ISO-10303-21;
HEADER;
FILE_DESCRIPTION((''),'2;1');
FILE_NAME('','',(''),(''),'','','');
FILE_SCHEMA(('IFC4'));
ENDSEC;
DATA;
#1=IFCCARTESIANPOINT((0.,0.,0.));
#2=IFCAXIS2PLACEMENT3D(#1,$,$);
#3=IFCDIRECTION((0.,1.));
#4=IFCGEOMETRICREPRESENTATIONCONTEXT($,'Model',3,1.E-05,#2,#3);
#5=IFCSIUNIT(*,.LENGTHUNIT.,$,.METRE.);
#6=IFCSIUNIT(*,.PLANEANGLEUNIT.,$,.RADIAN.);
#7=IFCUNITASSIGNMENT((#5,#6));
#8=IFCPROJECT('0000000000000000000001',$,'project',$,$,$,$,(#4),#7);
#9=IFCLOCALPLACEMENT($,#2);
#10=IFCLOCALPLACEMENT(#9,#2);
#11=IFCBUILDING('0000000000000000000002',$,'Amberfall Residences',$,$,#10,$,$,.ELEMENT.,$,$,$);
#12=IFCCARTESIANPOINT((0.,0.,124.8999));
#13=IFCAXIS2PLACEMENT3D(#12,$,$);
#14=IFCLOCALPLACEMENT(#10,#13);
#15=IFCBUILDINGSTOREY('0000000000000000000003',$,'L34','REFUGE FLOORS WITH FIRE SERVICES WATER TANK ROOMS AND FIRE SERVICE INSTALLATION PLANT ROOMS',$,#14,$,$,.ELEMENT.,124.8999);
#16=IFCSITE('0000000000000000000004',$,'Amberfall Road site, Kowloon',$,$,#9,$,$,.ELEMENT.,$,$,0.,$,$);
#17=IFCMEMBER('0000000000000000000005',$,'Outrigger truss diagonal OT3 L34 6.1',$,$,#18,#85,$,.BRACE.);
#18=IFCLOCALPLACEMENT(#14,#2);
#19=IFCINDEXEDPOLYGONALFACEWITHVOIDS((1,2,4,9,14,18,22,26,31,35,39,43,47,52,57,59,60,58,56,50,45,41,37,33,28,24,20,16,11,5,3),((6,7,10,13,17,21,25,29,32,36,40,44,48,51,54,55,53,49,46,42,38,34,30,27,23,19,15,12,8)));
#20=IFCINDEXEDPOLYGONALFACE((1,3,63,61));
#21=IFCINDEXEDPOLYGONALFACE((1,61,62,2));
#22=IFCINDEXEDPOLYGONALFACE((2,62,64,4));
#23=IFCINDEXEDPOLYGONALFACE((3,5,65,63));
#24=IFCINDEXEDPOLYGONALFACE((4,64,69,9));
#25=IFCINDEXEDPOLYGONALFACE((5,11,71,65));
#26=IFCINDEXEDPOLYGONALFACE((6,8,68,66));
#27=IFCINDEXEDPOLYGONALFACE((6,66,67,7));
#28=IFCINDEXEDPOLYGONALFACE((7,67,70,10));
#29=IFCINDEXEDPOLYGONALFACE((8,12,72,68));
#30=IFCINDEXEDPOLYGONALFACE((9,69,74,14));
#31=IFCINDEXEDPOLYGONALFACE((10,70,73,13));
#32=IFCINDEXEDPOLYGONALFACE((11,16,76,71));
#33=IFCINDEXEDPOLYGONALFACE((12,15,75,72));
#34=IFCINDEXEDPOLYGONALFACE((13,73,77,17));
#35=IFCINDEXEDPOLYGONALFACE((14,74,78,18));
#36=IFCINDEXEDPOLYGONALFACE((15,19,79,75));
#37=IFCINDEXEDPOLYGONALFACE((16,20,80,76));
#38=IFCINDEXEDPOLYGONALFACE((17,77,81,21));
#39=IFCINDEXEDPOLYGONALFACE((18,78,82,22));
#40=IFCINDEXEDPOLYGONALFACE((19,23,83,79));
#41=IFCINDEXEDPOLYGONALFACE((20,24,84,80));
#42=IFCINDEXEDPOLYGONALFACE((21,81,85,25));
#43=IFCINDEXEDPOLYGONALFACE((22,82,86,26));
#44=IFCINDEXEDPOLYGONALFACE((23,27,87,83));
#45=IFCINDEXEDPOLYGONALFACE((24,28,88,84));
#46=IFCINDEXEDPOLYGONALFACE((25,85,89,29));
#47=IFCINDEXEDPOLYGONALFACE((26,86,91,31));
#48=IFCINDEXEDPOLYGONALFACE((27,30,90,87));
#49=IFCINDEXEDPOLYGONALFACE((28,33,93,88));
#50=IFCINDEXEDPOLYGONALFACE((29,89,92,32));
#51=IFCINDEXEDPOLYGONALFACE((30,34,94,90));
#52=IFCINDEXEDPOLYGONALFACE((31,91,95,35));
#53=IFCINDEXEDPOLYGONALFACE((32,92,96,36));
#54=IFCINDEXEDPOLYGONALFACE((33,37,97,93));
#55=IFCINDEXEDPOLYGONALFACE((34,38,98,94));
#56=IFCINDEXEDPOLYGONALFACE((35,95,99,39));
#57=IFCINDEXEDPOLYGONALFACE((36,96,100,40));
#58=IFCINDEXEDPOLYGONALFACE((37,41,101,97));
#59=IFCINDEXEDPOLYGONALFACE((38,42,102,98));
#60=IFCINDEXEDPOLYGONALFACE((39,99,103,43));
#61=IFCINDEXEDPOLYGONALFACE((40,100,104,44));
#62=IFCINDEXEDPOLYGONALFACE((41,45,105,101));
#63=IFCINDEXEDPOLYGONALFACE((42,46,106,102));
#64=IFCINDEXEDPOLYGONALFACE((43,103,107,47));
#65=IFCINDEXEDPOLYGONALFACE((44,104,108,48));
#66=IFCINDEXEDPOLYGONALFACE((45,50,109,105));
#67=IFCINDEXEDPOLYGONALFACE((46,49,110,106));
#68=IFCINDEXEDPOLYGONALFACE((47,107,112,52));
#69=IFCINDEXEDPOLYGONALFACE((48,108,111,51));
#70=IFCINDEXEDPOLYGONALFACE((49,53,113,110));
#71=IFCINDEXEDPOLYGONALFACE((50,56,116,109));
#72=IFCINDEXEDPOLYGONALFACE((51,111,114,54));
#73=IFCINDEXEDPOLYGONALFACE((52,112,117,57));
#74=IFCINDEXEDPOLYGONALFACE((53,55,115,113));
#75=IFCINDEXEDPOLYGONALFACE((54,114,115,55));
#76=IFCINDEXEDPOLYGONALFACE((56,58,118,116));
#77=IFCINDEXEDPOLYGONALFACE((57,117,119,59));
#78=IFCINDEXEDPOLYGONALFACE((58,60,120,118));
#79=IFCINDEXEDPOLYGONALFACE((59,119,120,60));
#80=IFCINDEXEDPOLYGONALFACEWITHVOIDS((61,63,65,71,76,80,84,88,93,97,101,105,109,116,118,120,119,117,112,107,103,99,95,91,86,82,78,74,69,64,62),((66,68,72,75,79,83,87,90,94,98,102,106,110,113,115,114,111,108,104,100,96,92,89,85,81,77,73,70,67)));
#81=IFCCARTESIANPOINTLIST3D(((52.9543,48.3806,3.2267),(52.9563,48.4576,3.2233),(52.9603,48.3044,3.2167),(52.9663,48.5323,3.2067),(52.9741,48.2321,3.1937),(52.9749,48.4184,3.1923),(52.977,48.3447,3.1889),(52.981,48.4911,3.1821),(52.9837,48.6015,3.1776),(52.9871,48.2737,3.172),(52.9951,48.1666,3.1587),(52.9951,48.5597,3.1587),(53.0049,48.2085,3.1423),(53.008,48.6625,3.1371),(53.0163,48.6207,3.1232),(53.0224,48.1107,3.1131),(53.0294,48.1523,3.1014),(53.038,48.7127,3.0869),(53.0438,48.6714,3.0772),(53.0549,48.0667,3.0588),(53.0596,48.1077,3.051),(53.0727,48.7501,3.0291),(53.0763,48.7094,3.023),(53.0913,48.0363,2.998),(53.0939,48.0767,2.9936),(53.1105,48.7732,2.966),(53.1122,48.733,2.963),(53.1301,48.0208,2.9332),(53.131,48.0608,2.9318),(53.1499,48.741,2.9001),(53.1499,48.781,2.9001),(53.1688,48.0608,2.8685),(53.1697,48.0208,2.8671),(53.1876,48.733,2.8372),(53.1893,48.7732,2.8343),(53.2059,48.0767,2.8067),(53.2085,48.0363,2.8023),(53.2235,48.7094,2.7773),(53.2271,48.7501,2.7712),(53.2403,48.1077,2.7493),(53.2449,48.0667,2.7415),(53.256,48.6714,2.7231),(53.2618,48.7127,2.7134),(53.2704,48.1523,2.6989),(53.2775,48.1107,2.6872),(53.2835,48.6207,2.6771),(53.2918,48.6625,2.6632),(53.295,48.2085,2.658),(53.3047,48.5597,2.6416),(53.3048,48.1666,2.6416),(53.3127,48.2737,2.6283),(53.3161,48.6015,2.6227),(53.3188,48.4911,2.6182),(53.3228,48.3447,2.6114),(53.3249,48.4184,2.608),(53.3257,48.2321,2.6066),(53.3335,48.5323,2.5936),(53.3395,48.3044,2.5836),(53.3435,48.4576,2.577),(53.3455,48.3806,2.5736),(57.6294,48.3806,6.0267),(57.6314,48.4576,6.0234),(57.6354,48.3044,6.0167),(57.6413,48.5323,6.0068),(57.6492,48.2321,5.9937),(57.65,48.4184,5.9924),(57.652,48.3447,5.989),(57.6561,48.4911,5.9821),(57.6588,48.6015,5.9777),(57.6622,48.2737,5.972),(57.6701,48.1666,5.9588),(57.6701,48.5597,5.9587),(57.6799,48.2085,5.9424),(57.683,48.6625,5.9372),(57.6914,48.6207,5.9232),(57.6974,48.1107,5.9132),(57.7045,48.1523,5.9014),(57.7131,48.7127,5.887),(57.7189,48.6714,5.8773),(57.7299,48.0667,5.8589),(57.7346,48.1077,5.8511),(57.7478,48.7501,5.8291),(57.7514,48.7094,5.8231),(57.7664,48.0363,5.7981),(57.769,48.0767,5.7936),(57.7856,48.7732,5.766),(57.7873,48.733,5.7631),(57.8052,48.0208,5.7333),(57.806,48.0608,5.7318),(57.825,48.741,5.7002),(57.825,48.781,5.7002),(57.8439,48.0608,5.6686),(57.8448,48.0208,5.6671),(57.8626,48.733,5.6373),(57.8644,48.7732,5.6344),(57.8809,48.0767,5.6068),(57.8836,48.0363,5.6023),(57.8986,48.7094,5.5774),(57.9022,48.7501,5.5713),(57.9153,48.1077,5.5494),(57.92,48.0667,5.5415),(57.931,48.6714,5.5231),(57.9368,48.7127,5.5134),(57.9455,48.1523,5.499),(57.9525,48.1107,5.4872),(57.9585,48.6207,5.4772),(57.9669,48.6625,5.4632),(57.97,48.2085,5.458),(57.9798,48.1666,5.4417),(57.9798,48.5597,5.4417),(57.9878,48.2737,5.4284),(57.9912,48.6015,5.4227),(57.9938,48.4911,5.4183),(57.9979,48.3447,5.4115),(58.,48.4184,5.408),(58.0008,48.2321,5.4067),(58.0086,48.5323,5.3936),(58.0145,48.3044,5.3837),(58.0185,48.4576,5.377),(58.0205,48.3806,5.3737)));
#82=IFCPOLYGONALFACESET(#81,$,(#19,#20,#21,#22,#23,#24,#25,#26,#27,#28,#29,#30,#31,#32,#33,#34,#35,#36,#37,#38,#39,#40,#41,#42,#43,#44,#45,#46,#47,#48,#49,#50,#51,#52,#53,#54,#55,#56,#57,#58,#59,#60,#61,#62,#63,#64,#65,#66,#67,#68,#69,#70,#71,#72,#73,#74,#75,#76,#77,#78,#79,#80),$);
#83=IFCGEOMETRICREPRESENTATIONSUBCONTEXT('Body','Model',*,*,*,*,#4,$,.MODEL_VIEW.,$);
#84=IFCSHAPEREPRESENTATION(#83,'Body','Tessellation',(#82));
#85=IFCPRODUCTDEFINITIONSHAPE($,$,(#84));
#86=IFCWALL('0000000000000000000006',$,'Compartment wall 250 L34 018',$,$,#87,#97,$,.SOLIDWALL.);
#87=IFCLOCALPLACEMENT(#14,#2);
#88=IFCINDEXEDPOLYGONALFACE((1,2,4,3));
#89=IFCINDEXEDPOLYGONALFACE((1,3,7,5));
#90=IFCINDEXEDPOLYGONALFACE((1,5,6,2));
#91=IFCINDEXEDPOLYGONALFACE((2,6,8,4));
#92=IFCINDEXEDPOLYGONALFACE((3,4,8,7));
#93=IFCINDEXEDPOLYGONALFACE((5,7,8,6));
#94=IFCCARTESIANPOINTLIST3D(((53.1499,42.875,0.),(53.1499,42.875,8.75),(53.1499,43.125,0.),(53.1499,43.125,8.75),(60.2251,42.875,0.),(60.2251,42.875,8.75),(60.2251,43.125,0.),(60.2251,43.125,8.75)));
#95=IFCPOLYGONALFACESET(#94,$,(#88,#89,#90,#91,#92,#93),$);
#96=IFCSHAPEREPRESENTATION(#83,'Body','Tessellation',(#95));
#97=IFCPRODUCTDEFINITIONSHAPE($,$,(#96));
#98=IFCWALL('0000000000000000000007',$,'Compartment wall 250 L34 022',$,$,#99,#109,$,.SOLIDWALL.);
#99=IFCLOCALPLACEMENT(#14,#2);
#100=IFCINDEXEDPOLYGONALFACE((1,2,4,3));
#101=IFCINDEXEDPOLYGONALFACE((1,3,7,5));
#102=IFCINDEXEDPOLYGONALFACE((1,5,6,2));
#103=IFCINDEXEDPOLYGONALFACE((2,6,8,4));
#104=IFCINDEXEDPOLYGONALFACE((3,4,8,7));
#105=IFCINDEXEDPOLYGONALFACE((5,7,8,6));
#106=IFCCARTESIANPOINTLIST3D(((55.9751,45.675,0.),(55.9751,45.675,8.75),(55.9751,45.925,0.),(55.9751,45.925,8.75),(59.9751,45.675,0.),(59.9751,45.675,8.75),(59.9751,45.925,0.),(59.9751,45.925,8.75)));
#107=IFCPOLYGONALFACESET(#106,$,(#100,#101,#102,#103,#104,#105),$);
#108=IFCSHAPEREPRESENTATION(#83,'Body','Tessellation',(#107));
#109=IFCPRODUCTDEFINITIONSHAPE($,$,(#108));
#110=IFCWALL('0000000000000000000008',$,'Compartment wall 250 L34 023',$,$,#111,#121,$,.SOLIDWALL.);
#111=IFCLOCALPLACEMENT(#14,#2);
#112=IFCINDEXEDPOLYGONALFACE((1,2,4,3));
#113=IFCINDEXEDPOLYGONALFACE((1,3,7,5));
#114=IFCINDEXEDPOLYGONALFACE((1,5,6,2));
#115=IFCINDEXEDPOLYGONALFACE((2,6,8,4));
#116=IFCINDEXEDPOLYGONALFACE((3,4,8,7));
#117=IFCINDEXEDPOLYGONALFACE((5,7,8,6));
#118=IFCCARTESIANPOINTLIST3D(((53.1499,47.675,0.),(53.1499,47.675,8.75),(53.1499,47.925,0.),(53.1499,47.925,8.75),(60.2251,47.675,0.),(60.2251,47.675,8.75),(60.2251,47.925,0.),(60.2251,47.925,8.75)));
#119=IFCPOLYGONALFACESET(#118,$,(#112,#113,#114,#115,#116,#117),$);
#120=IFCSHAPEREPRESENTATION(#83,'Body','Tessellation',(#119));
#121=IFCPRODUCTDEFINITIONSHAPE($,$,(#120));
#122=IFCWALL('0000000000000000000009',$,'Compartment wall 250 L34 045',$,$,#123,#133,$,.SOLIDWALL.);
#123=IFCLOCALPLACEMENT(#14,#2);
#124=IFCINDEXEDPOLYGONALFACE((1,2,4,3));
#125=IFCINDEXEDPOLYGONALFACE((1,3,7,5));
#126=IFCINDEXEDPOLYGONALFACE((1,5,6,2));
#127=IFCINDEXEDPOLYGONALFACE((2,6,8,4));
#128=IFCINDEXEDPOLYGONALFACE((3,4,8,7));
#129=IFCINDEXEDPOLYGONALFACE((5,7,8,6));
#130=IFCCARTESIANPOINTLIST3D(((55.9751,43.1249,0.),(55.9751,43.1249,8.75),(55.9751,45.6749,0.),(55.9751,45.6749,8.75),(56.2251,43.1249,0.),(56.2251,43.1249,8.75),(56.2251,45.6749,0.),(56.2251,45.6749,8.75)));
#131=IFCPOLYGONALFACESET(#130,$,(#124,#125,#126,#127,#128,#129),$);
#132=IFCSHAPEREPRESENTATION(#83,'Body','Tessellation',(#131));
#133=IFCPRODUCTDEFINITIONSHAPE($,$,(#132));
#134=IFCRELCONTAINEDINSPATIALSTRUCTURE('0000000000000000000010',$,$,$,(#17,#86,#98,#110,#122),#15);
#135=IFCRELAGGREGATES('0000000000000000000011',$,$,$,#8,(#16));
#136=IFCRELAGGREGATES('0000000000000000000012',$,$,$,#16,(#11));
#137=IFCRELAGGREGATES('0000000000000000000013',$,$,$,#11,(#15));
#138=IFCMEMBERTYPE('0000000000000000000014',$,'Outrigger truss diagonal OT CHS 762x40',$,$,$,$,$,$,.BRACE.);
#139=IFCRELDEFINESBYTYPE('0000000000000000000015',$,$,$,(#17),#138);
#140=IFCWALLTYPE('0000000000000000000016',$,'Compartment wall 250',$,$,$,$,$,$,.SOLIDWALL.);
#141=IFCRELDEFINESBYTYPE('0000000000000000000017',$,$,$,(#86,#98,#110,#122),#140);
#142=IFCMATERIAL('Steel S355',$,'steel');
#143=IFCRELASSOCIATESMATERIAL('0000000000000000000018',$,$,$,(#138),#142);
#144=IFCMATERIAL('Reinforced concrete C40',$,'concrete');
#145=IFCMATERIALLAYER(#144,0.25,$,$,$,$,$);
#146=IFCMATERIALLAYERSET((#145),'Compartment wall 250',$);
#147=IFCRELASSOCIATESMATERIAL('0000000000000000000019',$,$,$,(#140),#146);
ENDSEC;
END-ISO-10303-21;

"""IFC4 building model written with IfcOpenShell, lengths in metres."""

from ifc_helpers import new_model, si_unit, direction, frame, frame_2d, origin, origin_2d, place, context, subcontext, project, spatial, rectangle, hollow_circle, extrude, material, layer, layer_set, material_profile, profile_set, type_object, element, save


model = new_model("IFC4")

# Units and contexts
model_context = context("Model", 3, precision=1e-05, world=origin(), true_north=direction((0.0, 1.0)))
body_context = subcontext(model_context, "Body", "Model", "MODEL_VIEW")
ifc_project = project(units=[si_unit("LENGTHUNIT", "METRE"), si_unit("PLANEANGLEUNIT", "RADIAN")], contexts=[model_context])

# Site, building, storey
site_placement = place(None, origin())
site = spatial("IfcSite", under=ifc_project, at=site_placement, Name="Amberfall Road site, Kowloon", CompositionType="ELEMENT", RefElevation=0.0)
building_placement = place(site_placement, origin())
building = spatial("IfcBuilding", under=site, at=building_placement, Name="Amberfall Residences", CompositionType="ELEMENT")
storey_placement = place(building_placement, frame((0.0, 0.0, 124.8999)))
storey = spatial("IfcBuildingStorey", under=building, at=storey_placement, Name="L34", Description="REFUGE FLOORS WITH FIRE SERVICES WATER TANK ROOMS AND FIRE SERVICE INSTALLATION PLANT ROOMS", CompositionType="ELEMENT", Elevation=124.8999)

# Shared definitions
ifc_material_1 = material(Name="Steel S355", Category="steel")

# Member
ifc_material_profile_1 = material_profile(ifc_material_1, hollow_circle(Radius=0.3811, WallThickness=0.04, at=origin_2d()), Name="CHS 762x40")
ifc_profile_set_1 = profile_set([ifc_material_profile_1], Name="Steel S355")
member_type_1 = type_object("IfcMemberType", Name="Outrigger truss diagonal OT CHS 762x40", PredefinedType="BRACE", material=ifc_profile_set_1)
member_1_placement = place(storey_placement, frame((53.1499, 48.3999, 2.9001), z_axis=(0.857896, 0.0, 0.513824), x_axis=(0.0, 1.0, 0.0)))
element("IfcMember", 1, at=member_1_placement, inside=storey, type_object=member_type_1, Name="Outrigger truss diagonal OT3 L34 6.1", PredefinedType="BRACE", context=body_context, shape_type="SweptSolid", body=[
    extrude(hollow_circle(Radius=0.3811, WallThickness=0.04, at=origin_2d()), origin(), (0.0, 0.0, 1.0), 5.4495),
])

# Walls
ifc_material_2 = material(Name="Reinforced concrete C40", Category="concrete")
ifc_layer = layer(ifc_material_2, 0.25)
ifc_layer_set = layer_set([ifc_layer], Name="Compartment wall 250")
wall_type = type_object("IfcWallType", Name="Compartment wall 250", PredefinedType="SOLIDWALL", material=ifc_layer_set)
wall_1_placement = place(storey_placement, frame((53.1499, 43.0, 0.0), z_axis=(0.0, 0.0, 1.0), x_axis=(1.0, 0.0, 0.0)))
element("IfcWall", 2, at=wall_1_placement, inside=storey, type_object=wall_type, Name="Compartment wall 250 L34 018", PredefinedType="SOLIDWALL", context=body_context, shape_type="SweptSolid", body=[
    extrude(rectangle(XDim=7.0752, YDim=0.25, at=frame_2d((3.5376, 0.0))), origin(), (0.0, 0.0, 1.0), 8.75),
])
wall_2_placement = place(storey_placement, frame((55.9751, 45.8, 0.0), z_axis=(0.0, 0.0, 1.0), x_axis=(1.0, 0.0, 0.0)))
element("IfcWall", 3, at=wall_2_placement, inside=storey, type_object=wall_type, Name="Compartment wall 250 L34 022", PredefinedType="SOLIDWALL", context=body_context, shape_type="SweptSolid", body=[
    extrude(rectangle(XDim=4.0, YDim=0.25, at=frame_2d((2.0, 0.0))), origin(), (0.0, 0.0, 1.0), 8.75),
])
wall_3_placement = place(storey_placement, frame((53.1499, 47.8, 0.0), z_axis=(0.0, 0.0, 1.0), x_axis=(1.0, 0.0, 0.0)))
element("IfcWall", 4, at=wall_3_placement, inside=storey, type_object=wall_type, Name="Compartment wall 250 L34 023", PredefinedType="SOLIDWALL", context=body_context, shape_type="SweptSolid", body=[
    extrude(rectangle(XDim=7.0752, YDim=0.25, at=frame_2d((3.5376, 0.0))), origin(), (0.0, 0.0, 1.0), 8.75),
])
wall_4_placement = place(storey_placement, frame((56.1001, 43.125, 0.0), z_axis=(0.0, 0.0, 1.0), x_axis=(0.0, 1.0, 0.0)))
element("IfcWall", 5, at=wall_4_placement, inside=storey, type_object=wall_type, Name="Compartment wall 250 L34 045", PredefinedType="SOLIDWALL", context=body_context, shape_type="SweptSolid", body=[
    extrude(rectangle(XDim=2.55, YDim=0.25, at=frame_2d((1.2749, 0.0))), origin(), (0.0, 0.0, 1.0), 8.75),
])

save(model, "model.ifc")
